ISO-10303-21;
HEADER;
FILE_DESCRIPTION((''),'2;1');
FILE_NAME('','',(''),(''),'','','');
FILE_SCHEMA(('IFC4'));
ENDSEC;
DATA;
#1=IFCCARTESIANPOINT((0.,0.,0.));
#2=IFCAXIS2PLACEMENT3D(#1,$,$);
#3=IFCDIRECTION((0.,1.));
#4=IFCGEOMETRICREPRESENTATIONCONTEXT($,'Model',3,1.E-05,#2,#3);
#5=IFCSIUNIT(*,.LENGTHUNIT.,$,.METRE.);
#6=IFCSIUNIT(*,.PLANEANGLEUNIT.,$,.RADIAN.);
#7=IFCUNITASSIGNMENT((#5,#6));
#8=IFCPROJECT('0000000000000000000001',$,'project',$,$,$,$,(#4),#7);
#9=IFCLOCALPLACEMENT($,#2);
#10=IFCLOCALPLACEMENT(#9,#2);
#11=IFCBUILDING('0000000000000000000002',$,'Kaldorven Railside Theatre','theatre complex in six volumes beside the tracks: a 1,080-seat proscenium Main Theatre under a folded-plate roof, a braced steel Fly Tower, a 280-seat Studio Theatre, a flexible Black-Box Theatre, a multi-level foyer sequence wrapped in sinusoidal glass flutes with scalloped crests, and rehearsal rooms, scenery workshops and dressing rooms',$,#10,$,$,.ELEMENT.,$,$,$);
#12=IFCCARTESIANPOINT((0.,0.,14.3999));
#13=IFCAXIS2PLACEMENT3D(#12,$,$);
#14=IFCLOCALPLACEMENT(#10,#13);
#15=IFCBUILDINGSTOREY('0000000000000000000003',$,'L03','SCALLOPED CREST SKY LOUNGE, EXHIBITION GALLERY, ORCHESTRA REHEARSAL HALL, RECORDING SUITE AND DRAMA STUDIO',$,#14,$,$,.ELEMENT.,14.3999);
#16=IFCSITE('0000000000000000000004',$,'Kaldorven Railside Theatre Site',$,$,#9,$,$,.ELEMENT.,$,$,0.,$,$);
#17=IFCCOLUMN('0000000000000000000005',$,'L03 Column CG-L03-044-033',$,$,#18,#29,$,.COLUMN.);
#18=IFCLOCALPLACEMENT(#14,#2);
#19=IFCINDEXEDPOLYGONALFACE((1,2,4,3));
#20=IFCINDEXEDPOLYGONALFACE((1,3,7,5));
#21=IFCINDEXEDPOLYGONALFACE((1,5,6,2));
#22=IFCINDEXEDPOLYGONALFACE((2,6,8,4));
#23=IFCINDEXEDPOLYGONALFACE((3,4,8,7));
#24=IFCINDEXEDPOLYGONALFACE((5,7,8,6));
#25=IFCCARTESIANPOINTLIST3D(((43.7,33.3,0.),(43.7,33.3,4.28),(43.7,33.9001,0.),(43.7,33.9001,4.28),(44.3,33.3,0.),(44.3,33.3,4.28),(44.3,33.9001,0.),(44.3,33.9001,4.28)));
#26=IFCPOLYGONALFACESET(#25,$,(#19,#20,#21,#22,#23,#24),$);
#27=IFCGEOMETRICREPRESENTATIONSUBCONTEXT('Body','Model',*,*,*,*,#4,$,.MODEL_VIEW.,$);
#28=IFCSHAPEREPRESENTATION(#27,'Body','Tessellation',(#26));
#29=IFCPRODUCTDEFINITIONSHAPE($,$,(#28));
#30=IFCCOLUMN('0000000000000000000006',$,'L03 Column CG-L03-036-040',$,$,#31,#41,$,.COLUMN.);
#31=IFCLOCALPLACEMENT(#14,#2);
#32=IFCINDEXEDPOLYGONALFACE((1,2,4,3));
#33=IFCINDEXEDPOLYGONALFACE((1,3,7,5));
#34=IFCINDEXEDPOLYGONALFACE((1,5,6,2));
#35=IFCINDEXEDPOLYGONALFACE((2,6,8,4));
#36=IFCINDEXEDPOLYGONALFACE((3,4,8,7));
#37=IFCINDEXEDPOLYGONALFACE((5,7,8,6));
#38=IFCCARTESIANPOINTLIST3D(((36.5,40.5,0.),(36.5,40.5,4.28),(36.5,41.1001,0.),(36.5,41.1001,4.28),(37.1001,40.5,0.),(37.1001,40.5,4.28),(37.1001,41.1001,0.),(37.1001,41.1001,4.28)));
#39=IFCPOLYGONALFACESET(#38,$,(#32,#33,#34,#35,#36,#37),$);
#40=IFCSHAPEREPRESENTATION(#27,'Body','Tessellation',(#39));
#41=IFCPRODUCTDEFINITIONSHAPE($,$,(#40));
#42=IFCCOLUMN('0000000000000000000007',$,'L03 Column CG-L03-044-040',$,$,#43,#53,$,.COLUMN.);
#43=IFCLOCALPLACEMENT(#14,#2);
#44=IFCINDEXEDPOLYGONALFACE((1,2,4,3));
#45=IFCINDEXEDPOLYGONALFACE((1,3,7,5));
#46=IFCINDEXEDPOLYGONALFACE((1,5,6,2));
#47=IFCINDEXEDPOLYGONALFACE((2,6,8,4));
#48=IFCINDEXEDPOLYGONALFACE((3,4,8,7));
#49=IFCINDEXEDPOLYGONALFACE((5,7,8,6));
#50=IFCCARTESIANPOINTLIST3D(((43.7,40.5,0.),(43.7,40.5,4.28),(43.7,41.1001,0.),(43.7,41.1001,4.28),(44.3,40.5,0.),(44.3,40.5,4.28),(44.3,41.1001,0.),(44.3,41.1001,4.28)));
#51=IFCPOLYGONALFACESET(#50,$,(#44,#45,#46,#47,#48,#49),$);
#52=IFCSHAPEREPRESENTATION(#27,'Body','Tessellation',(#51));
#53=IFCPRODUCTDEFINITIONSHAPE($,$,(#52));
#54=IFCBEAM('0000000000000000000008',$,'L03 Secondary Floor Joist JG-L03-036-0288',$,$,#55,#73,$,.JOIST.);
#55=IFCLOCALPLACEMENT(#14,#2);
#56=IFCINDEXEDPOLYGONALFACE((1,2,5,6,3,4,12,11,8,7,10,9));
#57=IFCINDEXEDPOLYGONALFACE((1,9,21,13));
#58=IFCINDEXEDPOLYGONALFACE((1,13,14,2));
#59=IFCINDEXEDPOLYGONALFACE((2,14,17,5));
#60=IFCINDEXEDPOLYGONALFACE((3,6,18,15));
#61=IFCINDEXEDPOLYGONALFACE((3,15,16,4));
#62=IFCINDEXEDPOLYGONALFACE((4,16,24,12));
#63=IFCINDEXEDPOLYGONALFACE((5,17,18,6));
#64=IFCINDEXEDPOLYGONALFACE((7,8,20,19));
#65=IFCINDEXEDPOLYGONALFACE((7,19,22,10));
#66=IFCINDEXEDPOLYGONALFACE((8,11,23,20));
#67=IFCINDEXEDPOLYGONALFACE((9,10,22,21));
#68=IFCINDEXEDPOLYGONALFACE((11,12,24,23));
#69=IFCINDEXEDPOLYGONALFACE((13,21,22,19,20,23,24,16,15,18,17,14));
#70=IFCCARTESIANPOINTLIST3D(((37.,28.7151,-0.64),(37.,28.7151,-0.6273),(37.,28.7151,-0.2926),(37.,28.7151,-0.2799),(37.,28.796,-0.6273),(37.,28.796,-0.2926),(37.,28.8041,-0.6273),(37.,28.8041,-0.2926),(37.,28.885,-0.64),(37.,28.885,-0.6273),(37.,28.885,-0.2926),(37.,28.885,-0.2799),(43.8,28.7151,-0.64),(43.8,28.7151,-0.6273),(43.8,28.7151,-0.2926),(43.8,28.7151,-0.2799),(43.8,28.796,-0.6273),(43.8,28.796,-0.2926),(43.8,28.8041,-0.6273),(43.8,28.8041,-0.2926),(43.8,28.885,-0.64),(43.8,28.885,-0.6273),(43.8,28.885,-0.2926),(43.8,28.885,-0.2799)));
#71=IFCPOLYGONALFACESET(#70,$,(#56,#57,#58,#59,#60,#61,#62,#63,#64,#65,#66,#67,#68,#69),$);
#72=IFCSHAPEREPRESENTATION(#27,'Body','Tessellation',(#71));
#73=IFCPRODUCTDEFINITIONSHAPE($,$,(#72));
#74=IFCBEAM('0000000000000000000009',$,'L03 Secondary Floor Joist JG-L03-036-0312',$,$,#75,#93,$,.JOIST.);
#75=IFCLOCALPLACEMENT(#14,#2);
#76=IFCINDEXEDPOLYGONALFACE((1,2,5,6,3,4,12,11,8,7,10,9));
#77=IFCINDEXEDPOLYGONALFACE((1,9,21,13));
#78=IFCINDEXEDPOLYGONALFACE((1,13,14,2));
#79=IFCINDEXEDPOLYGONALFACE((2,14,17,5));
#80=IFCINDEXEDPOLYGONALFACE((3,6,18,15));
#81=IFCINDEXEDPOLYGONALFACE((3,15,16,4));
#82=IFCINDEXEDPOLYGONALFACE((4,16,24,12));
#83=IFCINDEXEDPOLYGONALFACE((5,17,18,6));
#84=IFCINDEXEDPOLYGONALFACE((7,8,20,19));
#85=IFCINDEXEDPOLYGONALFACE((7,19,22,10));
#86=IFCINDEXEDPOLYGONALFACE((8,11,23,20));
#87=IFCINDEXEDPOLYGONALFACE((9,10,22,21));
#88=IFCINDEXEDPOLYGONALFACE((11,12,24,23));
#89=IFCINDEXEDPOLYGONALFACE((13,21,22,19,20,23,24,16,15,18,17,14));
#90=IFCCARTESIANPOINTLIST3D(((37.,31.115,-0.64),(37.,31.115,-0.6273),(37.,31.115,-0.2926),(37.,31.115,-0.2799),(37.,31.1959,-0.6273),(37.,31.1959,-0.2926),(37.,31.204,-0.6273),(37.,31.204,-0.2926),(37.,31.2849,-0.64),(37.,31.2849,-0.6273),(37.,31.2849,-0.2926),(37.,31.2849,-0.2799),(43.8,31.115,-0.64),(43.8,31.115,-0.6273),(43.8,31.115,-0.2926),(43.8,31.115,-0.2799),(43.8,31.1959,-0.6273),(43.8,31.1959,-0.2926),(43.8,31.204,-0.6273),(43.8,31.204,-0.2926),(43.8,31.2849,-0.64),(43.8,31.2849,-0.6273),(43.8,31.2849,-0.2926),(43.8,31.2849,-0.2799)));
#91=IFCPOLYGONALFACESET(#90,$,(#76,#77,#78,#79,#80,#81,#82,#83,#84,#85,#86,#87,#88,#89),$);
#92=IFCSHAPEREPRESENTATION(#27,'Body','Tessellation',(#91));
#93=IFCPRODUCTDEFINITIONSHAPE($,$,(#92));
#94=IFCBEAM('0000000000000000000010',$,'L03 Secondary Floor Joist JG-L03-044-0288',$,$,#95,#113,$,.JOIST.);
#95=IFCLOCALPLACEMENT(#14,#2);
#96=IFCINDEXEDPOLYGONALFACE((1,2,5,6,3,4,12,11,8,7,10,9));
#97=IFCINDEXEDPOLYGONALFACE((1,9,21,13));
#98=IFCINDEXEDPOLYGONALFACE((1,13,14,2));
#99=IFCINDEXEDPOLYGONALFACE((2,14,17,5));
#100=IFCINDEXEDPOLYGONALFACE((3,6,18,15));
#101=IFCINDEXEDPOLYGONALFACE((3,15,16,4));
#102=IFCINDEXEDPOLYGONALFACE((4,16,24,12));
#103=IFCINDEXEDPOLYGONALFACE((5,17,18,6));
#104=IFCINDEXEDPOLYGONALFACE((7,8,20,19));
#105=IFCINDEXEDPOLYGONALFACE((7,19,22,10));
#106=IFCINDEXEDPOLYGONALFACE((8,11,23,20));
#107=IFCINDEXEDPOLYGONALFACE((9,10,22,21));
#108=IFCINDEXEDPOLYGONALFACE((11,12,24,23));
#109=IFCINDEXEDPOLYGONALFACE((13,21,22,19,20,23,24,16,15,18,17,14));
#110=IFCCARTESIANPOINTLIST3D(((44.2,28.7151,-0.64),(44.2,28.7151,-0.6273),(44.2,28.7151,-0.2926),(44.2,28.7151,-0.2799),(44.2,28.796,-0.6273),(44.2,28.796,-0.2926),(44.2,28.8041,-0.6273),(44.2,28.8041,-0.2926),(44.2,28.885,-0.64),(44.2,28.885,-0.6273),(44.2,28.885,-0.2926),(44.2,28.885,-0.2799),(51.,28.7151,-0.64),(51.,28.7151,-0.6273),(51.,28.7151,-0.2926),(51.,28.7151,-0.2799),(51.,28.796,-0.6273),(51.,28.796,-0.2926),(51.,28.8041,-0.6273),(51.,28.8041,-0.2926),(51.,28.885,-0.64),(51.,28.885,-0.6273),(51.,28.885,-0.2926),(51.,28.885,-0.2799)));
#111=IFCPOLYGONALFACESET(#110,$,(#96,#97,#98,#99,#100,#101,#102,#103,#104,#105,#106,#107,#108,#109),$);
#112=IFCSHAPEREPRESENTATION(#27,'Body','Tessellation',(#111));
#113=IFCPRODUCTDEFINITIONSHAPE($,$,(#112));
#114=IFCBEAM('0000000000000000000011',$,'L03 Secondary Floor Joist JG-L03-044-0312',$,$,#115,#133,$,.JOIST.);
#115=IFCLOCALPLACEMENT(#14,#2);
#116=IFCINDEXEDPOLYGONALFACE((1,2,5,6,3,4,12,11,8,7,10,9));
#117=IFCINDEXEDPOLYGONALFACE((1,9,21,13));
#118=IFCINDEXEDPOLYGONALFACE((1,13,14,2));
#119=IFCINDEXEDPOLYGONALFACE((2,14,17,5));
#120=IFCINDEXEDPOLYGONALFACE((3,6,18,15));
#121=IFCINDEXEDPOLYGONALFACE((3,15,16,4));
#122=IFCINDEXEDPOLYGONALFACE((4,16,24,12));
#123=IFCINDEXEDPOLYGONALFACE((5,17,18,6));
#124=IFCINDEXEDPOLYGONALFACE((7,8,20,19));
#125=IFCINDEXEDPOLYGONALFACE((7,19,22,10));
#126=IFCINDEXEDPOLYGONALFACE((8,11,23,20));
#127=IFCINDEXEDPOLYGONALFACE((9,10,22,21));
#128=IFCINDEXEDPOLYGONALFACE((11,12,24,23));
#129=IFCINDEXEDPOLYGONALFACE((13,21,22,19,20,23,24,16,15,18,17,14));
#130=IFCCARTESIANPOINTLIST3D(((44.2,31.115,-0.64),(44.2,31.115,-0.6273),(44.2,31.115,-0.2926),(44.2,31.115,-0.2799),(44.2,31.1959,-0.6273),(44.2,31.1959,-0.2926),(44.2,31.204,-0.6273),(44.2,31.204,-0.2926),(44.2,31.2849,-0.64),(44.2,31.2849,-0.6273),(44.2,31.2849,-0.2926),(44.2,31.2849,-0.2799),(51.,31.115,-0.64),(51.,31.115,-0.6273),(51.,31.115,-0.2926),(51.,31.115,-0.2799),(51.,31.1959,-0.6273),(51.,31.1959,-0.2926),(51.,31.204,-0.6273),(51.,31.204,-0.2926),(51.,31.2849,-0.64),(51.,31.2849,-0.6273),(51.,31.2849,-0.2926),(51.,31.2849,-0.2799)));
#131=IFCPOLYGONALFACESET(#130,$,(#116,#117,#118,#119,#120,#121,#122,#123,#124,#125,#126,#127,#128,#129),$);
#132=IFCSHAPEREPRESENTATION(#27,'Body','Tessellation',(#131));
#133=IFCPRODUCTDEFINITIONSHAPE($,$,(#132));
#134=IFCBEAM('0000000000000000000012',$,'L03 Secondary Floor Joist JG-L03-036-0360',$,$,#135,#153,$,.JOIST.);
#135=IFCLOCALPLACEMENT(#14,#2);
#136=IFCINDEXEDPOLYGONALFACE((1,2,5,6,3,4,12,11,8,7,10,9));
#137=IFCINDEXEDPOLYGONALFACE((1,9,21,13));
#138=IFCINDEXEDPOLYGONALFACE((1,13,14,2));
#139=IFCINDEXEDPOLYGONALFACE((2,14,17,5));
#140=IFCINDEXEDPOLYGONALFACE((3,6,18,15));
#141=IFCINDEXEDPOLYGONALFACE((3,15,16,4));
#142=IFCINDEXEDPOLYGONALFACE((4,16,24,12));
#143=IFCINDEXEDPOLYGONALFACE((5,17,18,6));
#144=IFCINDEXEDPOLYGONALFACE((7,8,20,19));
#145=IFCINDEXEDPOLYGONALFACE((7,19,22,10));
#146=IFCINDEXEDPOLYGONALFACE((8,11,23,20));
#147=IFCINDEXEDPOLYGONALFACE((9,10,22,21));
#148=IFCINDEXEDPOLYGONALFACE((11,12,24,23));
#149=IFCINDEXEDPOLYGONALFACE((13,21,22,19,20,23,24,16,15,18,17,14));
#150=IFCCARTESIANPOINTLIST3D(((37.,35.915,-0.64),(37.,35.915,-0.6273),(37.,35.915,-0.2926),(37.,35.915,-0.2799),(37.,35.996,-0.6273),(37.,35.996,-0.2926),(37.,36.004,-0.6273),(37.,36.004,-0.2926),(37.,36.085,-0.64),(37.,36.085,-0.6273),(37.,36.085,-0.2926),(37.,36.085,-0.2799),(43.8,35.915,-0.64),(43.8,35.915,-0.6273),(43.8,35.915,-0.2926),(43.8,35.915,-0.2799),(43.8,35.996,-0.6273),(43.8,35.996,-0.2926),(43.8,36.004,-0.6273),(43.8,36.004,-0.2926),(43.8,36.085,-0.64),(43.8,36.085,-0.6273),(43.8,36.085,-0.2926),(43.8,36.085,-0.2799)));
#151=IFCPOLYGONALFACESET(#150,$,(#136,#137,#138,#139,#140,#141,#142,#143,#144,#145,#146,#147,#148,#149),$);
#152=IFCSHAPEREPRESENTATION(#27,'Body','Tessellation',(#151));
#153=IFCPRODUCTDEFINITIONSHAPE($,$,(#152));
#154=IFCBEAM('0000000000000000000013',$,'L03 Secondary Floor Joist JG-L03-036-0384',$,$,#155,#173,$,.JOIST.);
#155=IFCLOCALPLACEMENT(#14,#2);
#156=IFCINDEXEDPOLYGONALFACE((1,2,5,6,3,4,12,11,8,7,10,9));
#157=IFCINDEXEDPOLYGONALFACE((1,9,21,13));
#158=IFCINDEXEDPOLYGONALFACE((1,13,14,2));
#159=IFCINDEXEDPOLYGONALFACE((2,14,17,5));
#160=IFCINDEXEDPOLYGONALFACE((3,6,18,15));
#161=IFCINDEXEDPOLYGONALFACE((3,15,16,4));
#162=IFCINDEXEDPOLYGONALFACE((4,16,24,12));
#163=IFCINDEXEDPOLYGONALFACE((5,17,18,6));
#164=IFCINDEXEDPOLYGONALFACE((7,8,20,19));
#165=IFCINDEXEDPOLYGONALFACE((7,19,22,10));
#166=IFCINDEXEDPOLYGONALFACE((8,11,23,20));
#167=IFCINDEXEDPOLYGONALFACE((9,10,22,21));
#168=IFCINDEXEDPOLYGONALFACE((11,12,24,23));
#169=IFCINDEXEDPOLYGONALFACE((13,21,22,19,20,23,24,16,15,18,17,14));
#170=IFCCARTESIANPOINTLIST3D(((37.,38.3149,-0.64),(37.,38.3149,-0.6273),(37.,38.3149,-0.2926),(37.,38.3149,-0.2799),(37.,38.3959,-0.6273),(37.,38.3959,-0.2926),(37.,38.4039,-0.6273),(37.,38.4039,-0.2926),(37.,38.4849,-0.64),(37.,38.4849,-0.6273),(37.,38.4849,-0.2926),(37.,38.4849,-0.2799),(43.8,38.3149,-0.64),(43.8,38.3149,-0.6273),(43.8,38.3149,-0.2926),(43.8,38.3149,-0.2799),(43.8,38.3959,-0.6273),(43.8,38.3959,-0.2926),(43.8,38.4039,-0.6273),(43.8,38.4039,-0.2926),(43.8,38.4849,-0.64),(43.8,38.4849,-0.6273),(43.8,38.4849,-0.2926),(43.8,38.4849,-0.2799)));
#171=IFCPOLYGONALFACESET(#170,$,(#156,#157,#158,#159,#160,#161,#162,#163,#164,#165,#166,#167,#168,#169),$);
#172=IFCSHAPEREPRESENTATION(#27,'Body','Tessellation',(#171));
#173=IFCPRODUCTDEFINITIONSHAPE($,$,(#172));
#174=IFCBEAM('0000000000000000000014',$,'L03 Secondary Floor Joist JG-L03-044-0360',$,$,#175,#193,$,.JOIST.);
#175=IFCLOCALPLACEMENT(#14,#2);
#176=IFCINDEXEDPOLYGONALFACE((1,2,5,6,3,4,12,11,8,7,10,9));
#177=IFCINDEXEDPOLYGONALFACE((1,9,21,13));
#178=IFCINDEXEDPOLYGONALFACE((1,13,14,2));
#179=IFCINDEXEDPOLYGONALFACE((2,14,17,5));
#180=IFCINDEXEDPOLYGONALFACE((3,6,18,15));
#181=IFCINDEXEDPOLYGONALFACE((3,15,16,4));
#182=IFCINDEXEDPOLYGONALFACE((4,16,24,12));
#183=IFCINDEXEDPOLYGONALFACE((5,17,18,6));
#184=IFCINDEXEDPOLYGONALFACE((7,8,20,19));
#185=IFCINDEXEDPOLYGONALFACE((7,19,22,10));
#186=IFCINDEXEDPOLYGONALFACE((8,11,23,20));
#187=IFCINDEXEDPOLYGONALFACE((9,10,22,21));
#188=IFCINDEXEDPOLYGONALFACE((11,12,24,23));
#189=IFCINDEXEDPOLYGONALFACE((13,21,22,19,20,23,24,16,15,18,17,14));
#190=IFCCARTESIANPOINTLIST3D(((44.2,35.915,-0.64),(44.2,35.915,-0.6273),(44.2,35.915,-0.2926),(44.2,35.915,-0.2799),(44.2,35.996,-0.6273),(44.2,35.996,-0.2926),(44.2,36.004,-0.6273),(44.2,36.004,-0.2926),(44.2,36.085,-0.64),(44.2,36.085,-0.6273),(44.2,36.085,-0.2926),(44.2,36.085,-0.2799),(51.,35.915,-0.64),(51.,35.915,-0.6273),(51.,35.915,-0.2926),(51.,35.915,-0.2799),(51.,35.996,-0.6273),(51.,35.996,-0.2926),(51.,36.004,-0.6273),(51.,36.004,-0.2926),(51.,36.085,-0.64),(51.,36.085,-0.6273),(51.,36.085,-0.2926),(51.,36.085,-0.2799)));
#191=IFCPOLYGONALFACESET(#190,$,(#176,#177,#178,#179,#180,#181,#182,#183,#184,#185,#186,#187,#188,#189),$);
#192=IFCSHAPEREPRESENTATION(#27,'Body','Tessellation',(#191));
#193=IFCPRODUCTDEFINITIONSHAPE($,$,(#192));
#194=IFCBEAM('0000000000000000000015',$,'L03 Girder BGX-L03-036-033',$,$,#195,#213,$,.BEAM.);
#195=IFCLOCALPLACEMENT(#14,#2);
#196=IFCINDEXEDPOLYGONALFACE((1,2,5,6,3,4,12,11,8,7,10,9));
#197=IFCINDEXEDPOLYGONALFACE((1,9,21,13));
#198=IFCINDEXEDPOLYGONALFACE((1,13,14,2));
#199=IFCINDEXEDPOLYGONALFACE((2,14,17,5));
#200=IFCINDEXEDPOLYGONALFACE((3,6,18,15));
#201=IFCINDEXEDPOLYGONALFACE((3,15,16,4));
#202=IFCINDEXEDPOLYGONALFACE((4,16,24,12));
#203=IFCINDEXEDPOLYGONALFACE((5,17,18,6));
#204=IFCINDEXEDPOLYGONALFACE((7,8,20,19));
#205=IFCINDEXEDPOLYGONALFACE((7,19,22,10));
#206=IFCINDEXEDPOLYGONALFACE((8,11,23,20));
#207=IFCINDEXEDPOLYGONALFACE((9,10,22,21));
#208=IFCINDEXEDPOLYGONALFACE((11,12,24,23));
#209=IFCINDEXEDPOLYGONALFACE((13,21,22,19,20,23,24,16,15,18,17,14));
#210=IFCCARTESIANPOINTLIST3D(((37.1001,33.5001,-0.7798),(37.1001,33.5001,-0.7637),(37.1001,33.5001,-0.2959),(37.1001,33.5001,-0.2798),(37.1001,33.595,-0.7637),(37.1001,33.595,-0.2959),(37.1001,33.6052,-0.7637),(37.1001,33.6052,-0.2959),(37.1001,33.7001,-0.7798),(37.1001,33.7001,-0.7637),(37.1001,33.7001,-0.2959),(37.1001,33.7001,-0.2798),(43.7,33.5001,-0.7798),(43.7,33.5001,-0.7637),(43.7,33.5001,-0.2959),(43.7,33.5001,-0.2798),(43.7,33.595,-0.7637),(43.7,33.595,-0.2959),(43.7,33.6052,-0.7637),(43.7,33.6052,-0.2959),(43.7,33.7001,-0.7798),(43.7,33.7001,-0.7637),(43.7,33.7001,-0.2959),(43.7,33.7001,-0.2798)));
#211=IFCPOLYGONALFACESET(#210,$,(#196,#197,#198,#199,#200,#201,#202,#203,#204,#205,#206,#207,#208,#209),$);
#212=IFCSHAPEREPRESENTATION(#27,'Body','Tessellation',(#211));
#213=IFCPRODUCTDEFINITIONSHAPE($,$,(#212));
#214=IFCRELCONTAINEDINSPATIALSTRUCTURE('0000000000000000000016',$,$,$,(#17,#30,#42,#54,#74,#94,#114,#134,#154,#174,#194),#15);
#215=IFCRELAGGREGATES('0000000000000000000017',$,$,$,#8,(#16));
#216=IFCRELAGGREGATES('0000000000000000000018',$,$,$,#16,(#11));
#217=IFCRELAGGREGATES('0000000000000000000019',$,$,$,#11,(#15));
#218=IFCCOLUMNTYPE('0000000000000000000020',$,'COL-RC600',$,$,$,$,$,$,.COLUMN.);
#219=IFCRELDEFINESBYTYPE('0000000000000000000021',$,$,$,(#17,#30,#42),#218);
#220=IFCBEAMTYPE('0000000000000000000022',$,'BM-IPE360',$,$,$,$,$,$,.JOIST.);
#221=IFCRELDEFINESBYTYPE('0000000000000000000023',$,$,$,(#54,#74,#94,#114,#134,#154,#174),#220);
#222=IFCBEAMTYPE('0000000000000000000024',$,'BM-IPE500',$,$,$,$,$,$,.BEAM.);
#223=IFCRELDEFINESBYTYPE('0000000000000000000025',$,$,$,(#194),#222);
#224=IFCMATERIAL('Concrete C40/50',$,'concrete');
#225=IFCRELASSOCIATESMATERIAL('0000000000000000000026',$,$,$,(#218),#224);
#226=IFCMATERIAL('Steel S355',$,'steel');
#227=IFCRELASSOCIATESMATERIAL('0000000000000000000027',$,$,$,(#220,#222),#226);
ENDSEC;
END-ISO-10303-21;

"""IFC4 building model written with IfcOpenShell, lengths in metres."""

from ifc_helpers import new_model, si_unit, direction, frame, origin, origin_2d, place, context, subcontext, project, spatial, rectangle, i_section, extrude, material, material_profile, profile_set, type_object, element, save


model = new_model("IFC4")

# Units and contexts
model_context = context("Model", 3, precision=1e-05, world=origin(), true_north=direction((0.0, 1.0)))
body_context = subcontext(model_context, "Body", "Model", "MODEL_VIEW")
ifc_project = project(units=[si_unit("LENGTHUNIT", "METRE"), si_unit("PLANEANGLEUNIT", "RADIAN")], contexts=[model_context])

# Site, building, storey
site_placement = place(None, origin())
site = spatial("IfcSite", under=ifc_project, at=site_placement, Name="Kaldorven Railside Theatre Site", CompositionType="ELEMENT", RefElevation=0.0)
building_placement = place(site_placement, origin())
building = spatial("IfcBuilding", under=site, at=building_placement, Name="Kaldorven Railside Theatre", Description="theatre complex in six volumes beside the tracks: a 1,080-seat proscenium Main Theatre under a folded-plate roof, a braced steel Fly Tower, a 280-seat Studio Theatre, a flexible Black-Box Theatre, a multi-level foyer sequence wrapped in sinusoidal glass flutes with scalloped crests, and rehearsal rooms, scenery workshops and dressing rooms", CompositionType="ELEMENT")
storey_placement = place(building_placement, frame((0.0, 0.0, 14.3999)))
storey = spatial("IfcBuildingStorey", under=building, at=storey_placement, Name="L03", Description="SCALLOPED CREST SKY LOUNGE, EXHIBITION GALLERY, ORCHESTRA REHEARSAL HALL, RECORDING SUITE AND DRAMA STUDIO", CompositionType="ELEMENT", Elevation=14.3999)

# Columns
ifc_material_1 = material(Name="Concrete C40/50", Category="concrete")
ifc_material_profile_1 = material_profile(ifc_material_1, rectangle(XDim=0.6001, YDim=0.6001, at=origin_2d()), Name="RC 600x600")
ifc_profile_set_1 = profile_set([ifc_material_profile_1], Name="Concrete C40/50")
column_type = type_object("IfcColumnType", Name="COL-RC600", PredefinedType="COLUMN", material=ifc_profile_set_1)
for number, where, z_axis, x_axis, name in (
    (1, (44.0, 33.6001, 0.0), (0.0, 0.0, 1.0), (0.0, 1.0, 0.0), "L03 Column CG-L03-044-033"),
    (2, (36.8, 40.8, 0.0), (0.0, 0.0, 1.0), (0.0, 1.0, 0.0), "L03 Column CG-L03-036-040"),
    (3, (44.0, 40.8, 0.0), (0.0, 0.0, 1.0), (1.0, 0.0, 0.0), "L03 Column CG-L03-044-040"),
):
    element("IfcColumn", number, at=place(storey_placement, frame(where, z_axis=z_axis, x_axis=x_axis)), inside=storey, type_object=column_type, Name=name, PredefinedType="COLUMN", context=body_context, shape_type="SweptSolid", body=[
        extrude(rectangle(XDim=0.6001, YDim=0.6001, at=origin_2d()), origin(), (0.0, 0.0, 1.0), 4.28),
    ])

# Beams
ifc_material_2 = material(Name="Steel S355", Category="steel")
ifc_material_profile_2 = material_profile(ifc_material_2, i_section(OverallWidth=0.1699, OverallDepth=0.3601, WebThickness=0.0081, FlangeThickness=0.0127, at=origin_2d()), Name="IPE 360")
ifc_profile_set_2 = profile_set([ifc_material_profile_2], Name="Steel S355")
beam_type_1 = type_object("IfcBeamType", Name="BM-IPE360", PredefinedType="JOIST", material=ifc_profile_set_2)
for number, where, z_axis, x_axis, name in (
    (4, (37.0, 28.8, -0.46), (1.0, 0.0, 0.0), (0.0, 1.0, 0.0), "L03 Secondary Floor Joist JG-L03-036-0288"),
    (5, (37.0, 31.2, -0.46), (1.0, 0.0, 0.0), (0.0, 1.0, 0.0), "L03 Secondary Floor Joist JG-L03-036-0312"),
    (6, (44.2, 28.8, -0.46), (1.0, 0.0, 0.0), (0.0, 1.0, 0.0), "L03 Secondary Floor Joist JG-L03-044-0288"),
    (7, (44.2, 31.2, -0.46), (1.0, 0.0, 0.0), (0.0, 1.0, 0.0), "L03 Secondary Floor Joist JG-L03-044-0312"),
    (8, (37.0, 36.0, -0.46), (1.0, 0.0, 0.0), (0.0, 1.0, 0.0), "L03 Secondary Floor Joist JG-L03-036-0360"),
    (9, (37.0, 38.3999, -0.46), (1.0, 0.0, 0.0), (0.0, 1.0, 0.0), "L03 Secondary Floor Joist JG-L03-036-0384"),
    (10, (44.2, 36.0, -0.46), (1.0, 0.0, 0.0), (0.0, 1.0, 0.0), "L03 Secondary Floor Joist JG-L03-044-0360"),
):
    element("IfcBeam", number, at=place(storey_placement, frame(where, z_axis=z_axis, x_axis=x_axis)), inside=storey, type_object=beam_type_1, Name=name, PredefinedType="JOIST", context=body_context, shape_type="SweptSolid", body=[
        extrude(i_section(OverallWidth=0.1699, OverallDepth=0.3601, WebThickness=0.0081, FlangeThickness=0.0127, at=origin_2d()), origin(), (0.0, 0.0, 1.0), 6.8),
    ])
ifc_material_profile_3 = material_profile(ifc_material_2, i_section(OverallWidth=0.2, OverallDepth=0.5, WebThickness=0.0103, FlangeThickness=0.0161, at=origin_2d()), Name="IPE 500")
ifc_profile_set_3 = profile_set([ifc_material_profile_3], Name="Steel S355")
beam_type_2 = type_object("IfcBeamType", Name="BM-IPE500", PredefinedType="BEAM", material=ifc_profile_set_3)
for number, where, z_axis, x_axis, name in (
    (11, (37.1001, 33.6001, -0.5298), (1.0, 0.0, 0.0), (0.0, 1.0, 0.0), "L03 Girder BGX-L03-036-033"),
):
    element("IfcBeam", number, at=place(storey_placement, frame(where, z_axis=z_axis, x_axis=x_axis)), inside=storey, type_object=beam_type_2, Name=name, PredefinedType="BEAM", context=body_context, shape_type="SweptSolid", body=[
        extrude(i_section(OverallWidth=0.2, OverallDepth=0.5, WebThickness=0.0103, FlangeThickness=0.0161, at=origin_2d()), origin(), (0.0, 0.0, 1.0), 6.5999),
    ])

save(model, "model.ifc")
